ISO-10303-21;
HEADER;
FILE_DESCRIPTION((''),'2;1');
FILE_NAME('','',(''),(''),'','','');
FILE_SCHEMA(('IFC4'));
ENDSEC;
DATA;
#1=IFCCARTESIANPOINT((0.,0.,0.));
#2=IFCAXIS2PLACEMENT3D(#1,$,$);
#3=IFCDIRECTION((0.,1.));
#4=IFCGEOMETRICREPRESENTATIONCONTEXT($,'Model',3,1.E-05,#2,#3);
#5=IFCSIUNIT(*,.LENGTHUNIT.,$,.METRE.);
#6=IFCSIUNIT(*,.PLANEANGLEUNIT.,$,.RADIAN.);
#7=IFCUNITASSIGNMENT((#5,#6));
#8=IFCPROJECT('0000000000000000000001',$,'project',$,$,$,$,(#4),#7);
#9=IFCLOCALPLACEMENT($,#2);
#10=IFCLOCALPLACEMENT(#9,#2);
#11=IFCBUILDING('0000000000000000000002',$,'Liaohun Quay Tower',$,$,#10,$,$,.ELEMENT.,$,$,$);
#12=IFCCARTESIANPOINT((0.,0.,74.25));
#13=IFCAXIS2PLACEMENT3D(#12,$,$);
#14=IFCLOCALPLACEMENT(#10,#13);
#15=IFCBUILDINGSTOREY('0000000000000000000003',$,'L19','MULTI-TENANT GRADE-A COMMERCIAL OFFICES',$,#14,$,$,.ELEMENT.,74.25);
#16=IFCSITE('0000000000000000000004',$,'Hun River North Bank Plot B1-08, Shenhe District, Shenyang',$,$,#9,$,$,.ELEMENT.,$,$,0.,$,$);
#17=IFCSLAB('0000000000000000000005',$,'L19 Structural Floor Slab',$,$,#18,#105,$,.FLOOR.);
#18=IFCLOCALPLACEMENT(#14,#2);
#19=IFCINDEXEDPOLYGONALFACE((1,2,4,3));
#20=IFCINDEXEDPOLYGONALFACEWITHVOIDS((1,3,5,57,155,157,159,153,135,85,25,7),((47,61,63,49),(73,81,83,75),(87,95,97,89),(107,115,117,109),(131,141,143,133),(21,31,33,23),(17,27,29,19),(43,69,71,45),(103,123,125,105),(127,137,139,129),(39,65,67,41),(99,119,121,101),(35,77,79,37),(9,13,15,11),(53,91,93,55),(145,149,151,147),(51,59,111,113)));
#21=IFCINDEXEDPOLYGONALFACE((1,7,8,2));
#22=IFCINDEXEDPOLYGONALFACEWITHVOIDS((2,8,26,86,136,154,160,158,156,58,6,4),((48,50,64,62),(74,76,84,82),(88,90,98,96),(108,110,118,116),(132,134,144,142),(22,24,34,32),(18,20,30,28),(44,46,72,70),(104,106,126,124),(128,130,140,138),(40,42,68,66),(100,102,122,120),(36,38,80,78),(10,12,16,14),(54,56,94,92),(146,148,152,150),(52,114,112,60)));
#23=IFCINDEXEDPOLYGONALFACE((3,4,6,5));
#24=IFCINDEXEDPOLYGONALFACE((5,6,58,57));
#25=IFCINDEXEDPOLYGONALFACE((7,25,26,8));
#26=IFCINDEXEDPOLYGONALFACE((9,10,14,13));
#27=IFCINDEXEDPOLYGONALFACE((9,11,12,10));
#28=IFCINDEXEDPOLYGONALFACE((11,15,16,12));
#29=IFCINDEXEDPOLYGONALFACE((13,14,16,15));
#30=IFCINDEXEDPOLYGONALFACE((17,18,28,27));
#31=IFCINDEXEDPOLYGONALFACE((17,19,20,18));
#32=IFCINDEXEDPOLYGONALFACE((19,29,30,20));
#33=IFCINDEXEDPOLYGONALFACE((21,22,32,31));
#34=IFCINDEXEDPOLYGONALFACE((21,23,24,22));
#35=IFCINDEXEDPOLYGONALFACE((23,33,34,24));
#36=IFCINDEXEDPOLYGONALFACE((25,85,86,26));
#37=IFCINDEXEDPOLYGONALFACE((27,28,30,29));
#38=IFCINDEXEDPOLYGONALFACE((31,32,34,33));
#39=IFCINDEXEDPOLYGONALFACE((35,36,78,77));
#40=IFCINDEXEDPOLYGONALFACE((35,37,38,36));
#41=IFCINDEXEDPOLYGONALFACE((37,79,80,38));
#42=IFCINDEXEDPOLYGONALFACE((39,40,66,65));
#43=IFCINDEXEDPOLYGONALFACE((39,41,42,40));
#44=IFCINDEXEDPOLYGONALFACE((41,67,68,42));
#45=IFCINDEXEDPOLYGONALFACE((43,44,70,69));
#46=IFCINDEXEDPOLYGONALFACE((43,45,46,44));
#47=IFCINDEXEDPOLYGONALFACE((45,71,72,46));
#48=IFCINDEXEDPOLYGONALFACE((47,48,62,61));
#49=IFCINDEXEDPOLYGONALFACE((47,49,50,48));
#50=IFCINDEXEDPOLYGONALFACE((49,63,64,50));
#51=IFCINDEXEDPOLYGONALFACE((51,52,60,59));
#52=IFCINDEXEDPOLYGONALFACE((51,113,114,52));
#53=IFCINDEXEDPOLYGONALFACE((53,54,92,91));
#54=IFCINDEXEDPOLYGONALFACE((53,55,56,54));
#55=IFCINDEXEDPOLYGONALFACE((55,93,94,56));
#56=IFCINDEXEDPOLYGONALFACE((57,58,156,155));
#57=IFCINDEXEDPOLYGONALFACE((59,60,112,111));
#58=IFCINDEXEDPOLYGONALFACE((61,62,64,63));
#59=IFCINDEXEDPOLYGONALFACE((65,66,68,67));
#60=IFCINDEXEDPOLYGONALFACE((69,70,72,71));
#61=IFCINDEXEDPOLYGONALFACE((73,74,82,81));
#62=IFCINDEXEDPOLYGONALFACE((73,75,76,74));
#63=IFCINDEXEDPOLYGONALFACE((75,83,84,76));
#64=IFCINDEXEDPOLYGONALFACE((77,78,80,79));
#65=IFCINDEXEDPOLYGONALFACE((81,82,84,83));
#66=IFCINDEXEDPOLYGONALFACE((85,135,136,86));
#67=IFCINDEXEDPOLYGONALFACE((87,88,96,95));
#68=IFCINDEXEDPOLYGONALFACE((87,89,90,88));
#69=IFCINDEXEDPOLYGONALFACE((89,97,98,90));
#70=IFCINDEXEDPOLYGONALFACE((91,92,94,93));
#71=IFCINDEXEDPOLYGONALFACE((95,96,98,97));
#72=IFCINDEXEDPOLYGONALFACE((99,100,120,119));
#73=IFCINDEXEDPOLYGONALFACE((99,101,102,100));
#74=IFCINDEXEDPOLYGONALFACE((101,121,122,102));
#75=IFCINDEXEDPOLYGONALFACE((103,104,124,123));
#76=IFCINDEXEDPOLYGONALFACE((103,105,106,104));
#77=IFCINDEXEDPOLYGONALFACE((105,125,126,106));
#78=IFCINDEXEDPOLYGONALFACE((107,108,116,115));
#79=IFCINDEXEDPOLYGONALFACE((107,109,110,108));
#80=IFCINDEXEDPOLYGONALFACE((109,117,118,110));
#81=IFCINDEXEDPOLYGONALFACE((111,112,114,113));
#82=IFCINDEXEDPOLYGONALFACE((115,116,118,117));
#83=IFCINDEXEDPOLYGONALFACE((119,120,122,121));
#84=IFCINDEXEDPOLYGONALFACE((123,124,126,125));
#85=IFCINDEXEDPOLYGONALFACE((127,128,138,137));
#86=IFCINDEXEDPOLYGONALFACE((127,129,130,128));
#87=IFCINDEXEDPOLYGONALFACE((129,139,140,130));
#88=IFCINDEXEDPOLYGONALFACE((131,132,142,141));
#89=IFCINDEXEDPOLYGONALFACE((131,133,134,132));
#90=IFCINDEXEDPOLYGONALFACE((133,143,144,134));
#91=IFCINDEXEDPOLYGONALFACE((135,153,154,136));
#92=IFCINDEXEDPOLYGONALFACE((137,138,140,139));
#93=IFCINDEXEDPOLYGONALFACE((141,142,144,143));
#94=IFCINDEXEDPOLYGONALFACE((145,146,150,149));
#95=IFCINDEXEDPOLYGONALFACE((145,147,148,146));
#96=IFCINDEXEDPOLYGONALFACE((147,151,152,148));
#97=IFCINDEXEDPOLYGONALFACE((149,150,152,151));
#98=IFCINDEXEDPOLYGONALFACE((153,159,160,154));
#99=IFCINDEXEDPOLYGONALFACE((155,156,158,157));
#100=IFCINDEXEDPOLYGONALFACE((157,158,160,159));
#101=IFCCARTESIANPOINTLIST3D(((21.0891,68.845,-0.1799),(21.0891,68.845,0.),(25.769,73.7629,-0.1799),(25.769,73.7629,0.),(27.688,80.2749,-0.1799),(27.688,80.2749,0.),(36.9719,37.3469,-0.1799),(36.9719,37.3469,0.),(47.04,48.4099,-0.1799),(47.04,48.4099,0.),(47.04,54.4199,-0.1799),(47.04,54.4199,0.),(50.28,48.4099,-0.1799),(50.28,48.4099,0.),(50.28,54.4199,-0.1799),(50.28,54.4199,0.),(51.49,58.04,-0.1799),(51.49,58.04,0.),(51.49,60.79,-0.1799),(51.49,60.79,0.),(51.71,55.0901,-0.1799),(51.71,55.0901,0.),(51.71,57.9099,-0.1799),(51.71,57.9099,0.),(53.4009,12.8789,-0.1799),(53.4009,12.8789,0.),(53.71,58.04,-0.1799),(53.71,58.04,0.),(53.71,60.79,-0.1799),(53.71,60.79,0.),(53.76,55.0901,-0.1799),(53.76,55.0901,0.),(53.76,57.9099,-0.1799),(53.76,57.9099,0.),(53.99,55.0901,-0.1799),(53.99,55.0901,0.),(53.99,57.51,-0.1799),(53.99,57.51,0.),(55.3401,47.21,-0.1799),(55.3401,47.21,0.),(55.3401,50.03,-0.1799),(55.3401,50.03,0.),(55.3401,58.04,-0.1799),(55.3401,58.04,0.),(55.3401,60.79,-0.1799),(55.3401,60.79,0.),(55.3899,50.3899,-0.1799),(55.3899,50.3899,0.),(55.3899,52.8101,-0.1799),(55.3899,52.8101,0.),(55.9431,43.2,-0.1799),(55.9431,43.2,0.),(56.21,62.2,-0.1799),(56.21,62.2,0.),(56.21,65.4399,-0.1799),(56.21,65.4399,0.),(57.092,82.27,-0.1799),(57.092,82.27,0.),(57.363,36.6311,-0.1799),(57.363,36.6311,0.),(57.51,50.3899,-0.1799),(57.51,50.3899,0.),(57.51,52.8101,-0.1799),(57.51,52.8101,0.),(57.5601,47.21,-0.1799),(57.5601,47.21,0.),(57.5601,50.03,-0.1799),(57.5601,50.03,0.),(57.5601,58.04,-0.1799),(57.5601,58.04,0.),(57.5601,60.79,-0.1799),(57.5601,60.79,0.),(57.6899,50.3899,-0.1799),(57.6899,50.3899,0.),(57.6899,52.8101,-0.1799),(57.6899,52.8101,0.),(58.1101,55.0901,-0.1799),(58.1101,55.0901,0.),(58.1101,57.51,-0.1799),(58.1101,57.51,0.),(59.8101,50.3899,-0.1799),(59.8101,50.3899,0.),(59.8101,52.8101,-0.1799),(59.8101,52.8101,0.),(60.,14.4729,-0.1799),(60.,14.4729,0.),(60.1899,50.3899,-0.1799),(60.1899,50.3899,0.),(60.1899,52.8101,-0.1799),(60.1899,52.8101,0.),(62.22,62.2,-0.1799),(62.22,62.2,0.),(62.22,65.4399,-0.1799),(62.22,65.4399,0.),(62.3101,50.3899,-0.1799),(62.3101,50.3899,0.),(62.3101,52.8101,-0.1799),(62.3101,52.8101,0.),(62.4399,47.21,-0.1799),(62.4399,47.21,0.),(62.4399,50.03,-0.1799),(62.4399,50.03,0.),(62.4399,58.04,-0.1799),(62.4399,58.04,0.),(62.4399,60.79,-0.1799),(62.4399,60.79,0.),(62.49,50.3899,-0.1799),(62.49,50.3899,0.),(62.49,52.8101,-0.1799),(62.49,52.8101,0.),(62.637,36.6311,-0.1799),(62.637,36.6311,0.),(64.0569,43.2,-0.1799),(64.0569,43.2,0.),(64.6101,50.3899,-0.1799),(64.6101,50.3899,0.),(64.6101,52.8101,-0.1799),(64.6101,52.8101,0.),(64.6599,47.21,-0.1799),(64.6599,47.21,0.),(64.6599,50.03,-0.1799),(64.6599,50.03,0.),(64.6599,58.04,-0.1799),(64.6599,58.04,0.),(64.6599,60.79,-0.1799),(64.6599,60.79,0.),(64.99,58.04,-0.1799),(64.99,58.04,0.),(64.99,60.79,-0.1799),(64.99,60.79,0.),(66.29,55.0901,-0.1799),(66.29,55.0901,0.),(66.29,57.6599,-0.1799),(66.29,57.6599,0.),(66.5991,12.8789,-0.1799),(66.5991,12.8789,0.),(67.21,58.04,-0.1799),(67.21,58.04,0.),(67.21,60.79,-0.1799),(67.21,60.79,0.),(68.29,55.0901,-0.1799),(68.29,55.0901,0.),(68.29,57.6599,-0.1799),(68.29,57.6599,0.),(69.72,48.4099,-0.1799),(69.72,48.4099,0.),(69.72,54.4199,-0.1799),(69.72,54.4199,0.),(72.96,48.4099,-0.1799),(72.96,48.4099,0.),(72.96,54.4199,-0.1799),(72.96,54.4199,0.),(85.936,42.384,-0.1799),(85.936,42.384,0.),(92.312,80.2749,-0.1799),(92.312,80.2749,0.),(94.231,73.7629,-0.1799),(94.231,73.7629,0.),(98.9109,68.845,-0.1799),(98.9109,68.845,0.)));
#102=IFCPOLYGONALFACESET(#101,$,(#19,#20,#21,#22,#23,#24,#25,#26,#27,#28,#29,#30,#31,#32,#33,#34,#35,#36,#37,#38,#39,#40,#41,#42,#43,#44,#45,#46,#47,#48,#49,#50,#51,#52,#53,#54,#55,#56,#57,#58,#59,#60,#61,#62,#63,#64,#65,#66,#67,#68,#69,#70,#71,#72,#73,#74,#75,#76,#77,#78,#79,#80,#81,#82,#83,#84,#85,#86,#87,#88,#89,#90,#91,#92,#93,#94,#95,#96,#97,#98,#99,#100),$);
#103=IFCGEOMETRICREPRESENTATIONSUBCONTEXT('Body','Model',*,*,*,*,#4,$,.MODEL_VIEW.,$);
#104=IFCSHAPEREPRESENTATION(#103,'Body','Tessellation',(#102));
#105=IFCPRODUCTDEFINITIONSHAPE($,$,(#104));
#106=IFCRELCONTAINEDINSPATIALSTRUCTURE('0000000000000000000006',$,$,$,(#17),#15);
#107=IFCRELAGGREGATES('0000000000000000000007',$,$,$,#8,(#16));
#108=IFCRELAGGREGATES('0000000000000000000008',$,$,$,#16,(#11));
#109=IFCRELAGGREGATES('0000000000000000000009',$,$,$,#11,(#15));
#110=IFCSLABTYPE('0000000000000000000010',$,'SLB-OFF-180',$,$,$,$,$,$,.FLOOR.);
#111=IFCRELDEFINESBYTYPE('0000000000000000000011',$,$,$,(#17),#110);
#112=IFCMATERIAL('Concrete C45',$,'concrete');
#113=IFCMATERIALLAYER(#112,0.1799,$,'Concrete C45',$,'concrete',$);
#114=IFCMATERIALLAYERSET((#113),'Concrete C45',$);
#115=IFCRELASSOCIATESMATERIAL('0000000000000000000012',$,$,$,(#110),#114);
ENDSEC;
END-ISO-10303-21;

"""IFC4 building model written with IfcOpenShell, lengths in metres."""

from ifc_helpers import new_model, si_unit, direction, frame, origin, place, context, subcontext, project, spatial, polyline, outline, extrude, material, layer, layer_set, type_object, element, save


model = new_model("IFC4")

# Units and contexts
model_context = context("Model", 3, precision=1e-05, world=origin(), true_north=direction((0.0, 1.0)))
body_context = subcontext(model_context, "Body", "Model", "MODEL_VIEW")
ifc_project = project(units=[si_unit("LENGTHUNIT", "METRE"), si_unit("PLANEANGLEUNIT", "RADIAN")], contexts=[model_context])

# Site, building, storey
site_placement = place(None, origin())
site = spatial("IfcSite", under=ifc_project, at=site_placement, Name="Hun River North Bank Plot B1-08, Shenhe District, Shenyang", CompositionType="ELEMENT", RefElevation=0.0)
building_placement = place(site_placement, origin())
building = spatial("IfcBuilding", under=site, at=building_placement, Name="Liaohun Quay Tower", CompositionType="ELEMENT")
storey_placement = place(building_placement, frame((0.0, 0.0, 74.25)))
storey = spatial("IfcBuildingStorey", under=building, at=storey_placement, Name="L19", Description="MULTI-TENANT GRADE-A COMMERCIAL OFFICES", CompositionType="ELEMENT", Elevation=74.25)

# Shared definitions
ifc_material_1 = material(Name="Concrete C45", Category="concrete")

# Slab
ifc_layer_1 = layer(ifc_material_1, 0.1799, Name="Concrete C45", Category="concrete")
ifc_layer_set_1 = layer_set([ifc_layer_1], Name="Concrete C45")
slab_type_1 = type_object("IfcSlabType", Name="SLB-OFF-180", PredefinedType="FLOOR", material=ifc_layer_set_1)
slab_1_placement = place(storey_placement, frame((0.0, 0.0, -0.1799)))
element("IfcSlab", 1, at=slab_1_placement, inside=storey, type_object=slab_type_1, Name="L19 Structural Floor Slab", PredefinedType="FLOOR", context=body_context, shape_type="SweptSolid", body=[
    extrude(outline(polyline([(53.4009, 12.8789), (60.0, 14.4729), (66.5991, 12.8789), (85.936, 42.384), (98.9109, 68.845), (94.231, 73.7629), (92.312, 80.2749), (57.092, 82.27), (27.688, 80.2749), (25.769, 73.7629), (21.0891, 68.845), (36.9719, 37.3469), (53.4009, 12.8789)]), holes=[polyline([(57.5601, 47.21), (57.5601, 50.03), (55.3401, 50.03), (55.3401, 47.21), (57.5601, 47.21)]), polyline([(50.28, 54.4199), (47.04, 54.4199), (47.04, 48.4099), (50.28, 48.4099), (50.28, 54.4199)]), polyline([(57.51, 50.3899), (57.51, 52.8101), (55.3899, 52.8101), (55.3899, 50.3899), (57.51, 50.3899)]), polyline([(59.8101, 50.3899), (59.8101, 52.8101), (57.6899, 52.8101), (57.6899, 50.3899), (59.8101, 50.3899)]), polyline([(58.1101, 57.51), (53.99, 57.51), (53.99, 55.0901), (58.1101, 55.0901), (58.1101, 57.51)]), polyline([(53.76, 55.0901), (53.76, 57.9099), (51.71, 57.9099), (51.71, 55.0901), (53.76, 55.0901)]), polyline([(51.49, 58.04), (53.71, 58.04), (53.71, 60.79), (51.49, 60.79), (51.49, 58.04)]), polyline([(55.3401, 58.04), (57.5601, 58.04), (57.5601, 60.79), (55.3401, 60.79), (55.3401, 58.04)]), polyline([(62.637, 36.6311), (64.0569, 43.2), (55.9431, 43.2), (57.363, 36.6311), (62.637, 36.6311)]), polyline([(64.6599, 47.21), (64.6599, 50.03), (62.4399, 50.03), (62.4399, 47.21), (64.6599, 47.21)]), polyline([(72.96, 54.4199), (69.72, 54.4199), (69.72, 48.4099), (72.96, 48.4099), (72.96, 54.4199)]), polyline([(62.3101, 50.3899), (62.3101, 52.8101), (60.1899, 52.8101), (60.1899, 50.3899), (62.3101, 50.3899)]), polyline([(64.6101, 50.3899), (64.6101, 52.8101), (62.49, 52.8101), (62.49, 50.3899), (64.6101, 50.3899)]), polyline([(68.29, 55.0901), (68.29, 57.6599), (66.29, 57.6599), (66.29, 55.0901), (68.29, 55.0901)]), polyline([(64.6599, 58.04), (64.6599, 60.79), (62.4399, 60.79), (62.4399, 58.04), (64.6599, 58.04)]), polyline([(64.99, 58.04), (67.21, 58.04), (67.21, 60.79), (64.99, 60.79), (64.99, 58.04)]), polyline([(56.21, 62.2), (62.22, 62.2), (62.22, 65.4399), (56.21, 65.4399), (56.21, 62.2)])]), origin(), (0.0, 0.0, 1.0), 0.1799),
])

save(model, "model.ifc")
